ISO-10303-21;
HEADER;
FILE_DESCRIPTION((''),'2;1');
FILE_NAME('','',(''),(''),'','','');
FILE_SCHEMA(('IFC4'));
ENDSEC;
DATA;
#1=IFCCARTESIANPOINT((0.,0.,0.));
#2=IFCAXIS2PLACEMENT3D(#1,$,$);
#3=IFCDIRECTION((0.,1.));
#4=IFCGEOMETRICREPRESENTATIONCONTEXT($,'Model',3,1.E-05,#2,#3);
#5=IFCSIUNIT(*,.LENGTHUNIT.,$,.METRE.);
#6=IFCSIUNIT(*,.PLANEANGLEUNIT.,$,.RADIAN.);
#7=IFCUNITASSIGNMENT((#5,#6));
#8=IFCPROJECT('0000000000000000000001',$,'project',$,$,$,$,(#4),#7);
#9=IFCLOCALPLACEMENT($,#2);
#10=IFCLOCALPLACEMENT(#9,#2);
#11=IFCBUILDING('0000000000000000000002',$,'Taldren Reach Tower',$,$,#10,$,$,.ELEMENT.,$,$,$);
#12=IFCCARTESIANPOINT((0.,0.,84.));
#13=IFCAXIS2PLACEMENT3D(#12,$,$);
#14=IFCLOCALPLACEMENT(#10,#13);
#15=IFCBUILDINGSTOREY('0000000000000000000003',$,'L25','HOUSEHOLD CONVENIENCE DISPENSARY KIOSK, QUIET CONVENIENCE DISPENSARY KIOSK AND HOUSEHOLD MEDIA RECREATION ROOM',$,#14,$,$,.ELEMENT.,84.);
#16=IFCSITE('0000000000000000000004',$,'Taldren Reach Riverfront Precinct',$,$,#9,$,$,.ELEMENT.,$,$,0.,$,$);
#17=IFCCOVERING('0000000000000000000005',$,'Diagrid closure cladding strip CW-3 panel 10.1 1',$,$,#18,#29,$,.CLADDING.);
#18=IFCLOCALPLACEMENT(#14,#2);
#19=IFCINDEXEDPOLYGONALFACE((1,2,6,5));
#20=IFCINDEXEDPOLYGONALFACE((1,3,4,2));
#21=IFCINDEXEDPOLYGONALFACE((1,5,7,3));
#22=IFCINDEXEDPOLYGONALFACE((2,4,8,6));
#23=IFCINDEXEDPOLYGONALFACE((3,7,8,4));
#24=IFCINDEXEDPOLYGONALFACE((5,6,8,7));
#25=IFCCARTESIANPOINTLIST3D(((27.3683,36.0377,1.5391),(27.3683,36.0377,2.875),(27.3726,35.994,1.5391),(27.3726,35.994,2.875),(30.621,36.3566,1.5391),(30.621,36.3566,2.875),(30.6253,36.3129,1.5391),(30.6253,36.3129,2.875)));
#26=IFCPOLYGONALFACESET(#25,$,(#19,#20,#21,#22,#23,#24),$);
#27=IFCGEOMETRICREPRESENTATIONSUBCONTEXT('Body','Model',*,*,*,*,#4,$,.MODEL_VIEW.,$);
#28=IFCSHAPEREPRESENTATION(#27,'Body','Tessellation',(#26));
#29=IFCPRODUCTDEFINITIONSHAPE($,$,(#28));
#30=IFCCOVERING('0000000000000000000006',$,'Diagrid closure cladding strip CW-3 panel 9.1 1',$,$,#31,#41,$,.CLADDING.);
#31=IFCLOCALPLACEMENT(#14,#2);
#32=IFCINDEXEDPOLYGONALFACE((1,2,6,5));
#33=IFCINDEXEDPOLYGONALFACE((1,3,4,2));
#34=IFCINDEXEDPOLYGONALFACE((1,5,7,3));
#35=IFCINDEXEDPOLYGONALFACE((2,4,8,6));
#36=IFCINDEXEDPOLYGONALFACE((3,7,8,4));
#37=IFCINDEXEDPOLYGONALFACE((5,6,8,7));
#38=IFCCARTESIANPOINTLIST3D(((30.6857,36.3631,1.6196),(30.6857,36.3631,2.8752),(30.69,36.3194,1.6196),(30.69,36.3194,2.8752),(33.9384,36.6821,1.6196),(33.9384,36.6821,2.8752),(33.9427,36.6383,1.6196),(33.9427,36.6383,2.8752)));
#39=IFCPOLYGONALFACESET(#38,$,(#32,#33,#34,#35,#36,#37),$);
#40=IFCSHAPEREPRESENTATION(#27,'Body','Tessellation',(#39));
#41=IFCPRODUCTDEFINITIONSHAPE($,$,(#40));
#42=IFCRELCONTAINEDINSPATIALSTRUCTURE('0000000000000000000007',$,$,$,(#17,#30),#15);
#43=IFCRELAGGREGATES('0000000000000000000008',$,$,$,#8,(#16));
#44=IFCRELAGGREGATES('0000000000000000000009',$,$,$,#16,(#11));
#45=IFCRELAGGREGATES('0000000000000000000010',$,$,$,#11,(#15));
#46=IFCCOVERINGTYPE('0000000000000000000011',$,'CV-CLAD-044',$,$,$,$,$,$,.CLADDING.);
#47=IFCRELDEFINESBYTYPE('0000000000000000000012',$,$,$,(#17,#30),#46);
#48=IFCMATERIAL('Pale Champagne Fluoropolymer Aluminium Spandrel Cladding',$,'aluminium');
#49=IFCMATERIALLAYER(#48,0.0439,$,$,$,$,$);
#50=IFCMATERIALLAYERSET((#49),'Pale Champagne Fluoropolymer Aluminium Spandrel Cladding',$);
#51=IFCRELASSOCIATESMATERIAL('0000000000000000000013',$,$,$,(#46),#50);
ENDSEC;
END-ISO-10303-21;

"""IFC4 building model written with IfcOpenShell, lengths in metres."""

from ifc_helpers import new_model, si_unit, direction, frame, origin, origin_2d, place, context, subcontext, project, spatial, rectangle, extrude, source, transform, mapped, material, layer, layer_set, type_object, element, save


model = new_model("IFC4")

# Units and contexts
model_context = context("Model", 3, precision=1e-05, world=origin(), true_north=direction((0.0, 1.0)))
body_context = subcontext(model_context, "Body", "Model", "MODEL_VIEW")
ifc_project = project(units=[si_unit("LENGTHUNIT", "METRE"), si_unit("PLANEANGLEUNIT", "RADIAN")], contexts=[model_context])

# Site, building, storey
site_placement = place(None, origin())
site = spatial("IfcSite", under=ifc_project, at=site_placement, Name="Taldren Reach Riverfront Precinct", CompositionType="ELEMENT", RefElevation=0.0)
building_placement = place(site_placement, origin())
building = spatial("IfcBuilding", under=site, at=building_placement, Name="Taldren Reach Tower", CompositionType="ELEMENT")
storey_placement = place(building_placement, frame((0.0, 0.0, 84.0)))
storey = spatial("IfcBuildingStorey", under=building, at=storey_placement, Name="L25", Description="HOUSEHOLD CONVENIENCE DISPENSARY KIOSK, QUIET CONVENIENCE DISPENSARY KIOSK AND HOUSEHOLD MEDIA RECREATION ROOM", CompositionType="ELEMENT", Elevation=84.0)

# Coverings
ifc_material_1 = material(Name="Pale Champagne Fluoropolymer Aluminium Spandrel Cladding", Category="aluminium")
ifc_layer_1 = layer(ifc_material_1, 0.0439)
ifc_layer_set_1 = layer_set([ifc_layer_1], Name="Pale Champagne Fluoropolymer Aluminium Spandrel Cladding")
covering_type = type_object("IfcCoveringType", Name="CV-CLAD-044", PredefinedType="CLADDING", material=ifc_layer_set_1)
shared_shape_1 = source(origin(), body_context, "Body", "SweptSolid", [
    extrude(rectangle(XDim=3.2683, YDim=0.0439, at=origin_2d()), origin(), (0.0, 0.0, 1.0), 1.3359),
])
covering_1_placement = place(storey_placement, frame((28.9968, 36.1753, 1.5391), z_axis=(0.0, 0.0, 1.0), x_axis=(-0.995227, -0.097583, 0.0)))
element("IfcCovering", 1, at=covering_1_placement, inside=storey, type_object=covering_type, Name="Diagrid closure cladding strip CW-3 panel 10.1 1", PredefinedType="CLADDING", context=body_context, shape_type="MappedRepresentation", body=[
    mapped(shared_shape_1, transform((0.0, 0.0, 0.0), scale=1.0)),
])
shared_shape_2 = source(origin(), body_context, "Body", "SweptSolid", [
    extrude(rectangle(XDim=3.2683, YDim=0.0439, at=origin_2d()), origin(), (0.0, 0.0, 1.0), 1.2556),
])
covering_2_placement = place(storey_placement, frame((32.3142, 36.5007, 1.6196), z_axis=(0.0, 0.0, 1.0), x_axis=(-0.995227, -0.097583, 0.0)))
element("IfcCovering", 2, at=covering_2_placement, inside=storey, type_object=covering_type, Name="Diagrid closure cladding strip CW-3 panel 9.1 1", PredefinedType="CLADDING", context=body_context, shape_type="MappedRepresentation", body=[
    mapped(shared_shape_2, transform((0.0, 0.0, 0.0), scale=1.0)),
])

save(model, "model.ifc")
